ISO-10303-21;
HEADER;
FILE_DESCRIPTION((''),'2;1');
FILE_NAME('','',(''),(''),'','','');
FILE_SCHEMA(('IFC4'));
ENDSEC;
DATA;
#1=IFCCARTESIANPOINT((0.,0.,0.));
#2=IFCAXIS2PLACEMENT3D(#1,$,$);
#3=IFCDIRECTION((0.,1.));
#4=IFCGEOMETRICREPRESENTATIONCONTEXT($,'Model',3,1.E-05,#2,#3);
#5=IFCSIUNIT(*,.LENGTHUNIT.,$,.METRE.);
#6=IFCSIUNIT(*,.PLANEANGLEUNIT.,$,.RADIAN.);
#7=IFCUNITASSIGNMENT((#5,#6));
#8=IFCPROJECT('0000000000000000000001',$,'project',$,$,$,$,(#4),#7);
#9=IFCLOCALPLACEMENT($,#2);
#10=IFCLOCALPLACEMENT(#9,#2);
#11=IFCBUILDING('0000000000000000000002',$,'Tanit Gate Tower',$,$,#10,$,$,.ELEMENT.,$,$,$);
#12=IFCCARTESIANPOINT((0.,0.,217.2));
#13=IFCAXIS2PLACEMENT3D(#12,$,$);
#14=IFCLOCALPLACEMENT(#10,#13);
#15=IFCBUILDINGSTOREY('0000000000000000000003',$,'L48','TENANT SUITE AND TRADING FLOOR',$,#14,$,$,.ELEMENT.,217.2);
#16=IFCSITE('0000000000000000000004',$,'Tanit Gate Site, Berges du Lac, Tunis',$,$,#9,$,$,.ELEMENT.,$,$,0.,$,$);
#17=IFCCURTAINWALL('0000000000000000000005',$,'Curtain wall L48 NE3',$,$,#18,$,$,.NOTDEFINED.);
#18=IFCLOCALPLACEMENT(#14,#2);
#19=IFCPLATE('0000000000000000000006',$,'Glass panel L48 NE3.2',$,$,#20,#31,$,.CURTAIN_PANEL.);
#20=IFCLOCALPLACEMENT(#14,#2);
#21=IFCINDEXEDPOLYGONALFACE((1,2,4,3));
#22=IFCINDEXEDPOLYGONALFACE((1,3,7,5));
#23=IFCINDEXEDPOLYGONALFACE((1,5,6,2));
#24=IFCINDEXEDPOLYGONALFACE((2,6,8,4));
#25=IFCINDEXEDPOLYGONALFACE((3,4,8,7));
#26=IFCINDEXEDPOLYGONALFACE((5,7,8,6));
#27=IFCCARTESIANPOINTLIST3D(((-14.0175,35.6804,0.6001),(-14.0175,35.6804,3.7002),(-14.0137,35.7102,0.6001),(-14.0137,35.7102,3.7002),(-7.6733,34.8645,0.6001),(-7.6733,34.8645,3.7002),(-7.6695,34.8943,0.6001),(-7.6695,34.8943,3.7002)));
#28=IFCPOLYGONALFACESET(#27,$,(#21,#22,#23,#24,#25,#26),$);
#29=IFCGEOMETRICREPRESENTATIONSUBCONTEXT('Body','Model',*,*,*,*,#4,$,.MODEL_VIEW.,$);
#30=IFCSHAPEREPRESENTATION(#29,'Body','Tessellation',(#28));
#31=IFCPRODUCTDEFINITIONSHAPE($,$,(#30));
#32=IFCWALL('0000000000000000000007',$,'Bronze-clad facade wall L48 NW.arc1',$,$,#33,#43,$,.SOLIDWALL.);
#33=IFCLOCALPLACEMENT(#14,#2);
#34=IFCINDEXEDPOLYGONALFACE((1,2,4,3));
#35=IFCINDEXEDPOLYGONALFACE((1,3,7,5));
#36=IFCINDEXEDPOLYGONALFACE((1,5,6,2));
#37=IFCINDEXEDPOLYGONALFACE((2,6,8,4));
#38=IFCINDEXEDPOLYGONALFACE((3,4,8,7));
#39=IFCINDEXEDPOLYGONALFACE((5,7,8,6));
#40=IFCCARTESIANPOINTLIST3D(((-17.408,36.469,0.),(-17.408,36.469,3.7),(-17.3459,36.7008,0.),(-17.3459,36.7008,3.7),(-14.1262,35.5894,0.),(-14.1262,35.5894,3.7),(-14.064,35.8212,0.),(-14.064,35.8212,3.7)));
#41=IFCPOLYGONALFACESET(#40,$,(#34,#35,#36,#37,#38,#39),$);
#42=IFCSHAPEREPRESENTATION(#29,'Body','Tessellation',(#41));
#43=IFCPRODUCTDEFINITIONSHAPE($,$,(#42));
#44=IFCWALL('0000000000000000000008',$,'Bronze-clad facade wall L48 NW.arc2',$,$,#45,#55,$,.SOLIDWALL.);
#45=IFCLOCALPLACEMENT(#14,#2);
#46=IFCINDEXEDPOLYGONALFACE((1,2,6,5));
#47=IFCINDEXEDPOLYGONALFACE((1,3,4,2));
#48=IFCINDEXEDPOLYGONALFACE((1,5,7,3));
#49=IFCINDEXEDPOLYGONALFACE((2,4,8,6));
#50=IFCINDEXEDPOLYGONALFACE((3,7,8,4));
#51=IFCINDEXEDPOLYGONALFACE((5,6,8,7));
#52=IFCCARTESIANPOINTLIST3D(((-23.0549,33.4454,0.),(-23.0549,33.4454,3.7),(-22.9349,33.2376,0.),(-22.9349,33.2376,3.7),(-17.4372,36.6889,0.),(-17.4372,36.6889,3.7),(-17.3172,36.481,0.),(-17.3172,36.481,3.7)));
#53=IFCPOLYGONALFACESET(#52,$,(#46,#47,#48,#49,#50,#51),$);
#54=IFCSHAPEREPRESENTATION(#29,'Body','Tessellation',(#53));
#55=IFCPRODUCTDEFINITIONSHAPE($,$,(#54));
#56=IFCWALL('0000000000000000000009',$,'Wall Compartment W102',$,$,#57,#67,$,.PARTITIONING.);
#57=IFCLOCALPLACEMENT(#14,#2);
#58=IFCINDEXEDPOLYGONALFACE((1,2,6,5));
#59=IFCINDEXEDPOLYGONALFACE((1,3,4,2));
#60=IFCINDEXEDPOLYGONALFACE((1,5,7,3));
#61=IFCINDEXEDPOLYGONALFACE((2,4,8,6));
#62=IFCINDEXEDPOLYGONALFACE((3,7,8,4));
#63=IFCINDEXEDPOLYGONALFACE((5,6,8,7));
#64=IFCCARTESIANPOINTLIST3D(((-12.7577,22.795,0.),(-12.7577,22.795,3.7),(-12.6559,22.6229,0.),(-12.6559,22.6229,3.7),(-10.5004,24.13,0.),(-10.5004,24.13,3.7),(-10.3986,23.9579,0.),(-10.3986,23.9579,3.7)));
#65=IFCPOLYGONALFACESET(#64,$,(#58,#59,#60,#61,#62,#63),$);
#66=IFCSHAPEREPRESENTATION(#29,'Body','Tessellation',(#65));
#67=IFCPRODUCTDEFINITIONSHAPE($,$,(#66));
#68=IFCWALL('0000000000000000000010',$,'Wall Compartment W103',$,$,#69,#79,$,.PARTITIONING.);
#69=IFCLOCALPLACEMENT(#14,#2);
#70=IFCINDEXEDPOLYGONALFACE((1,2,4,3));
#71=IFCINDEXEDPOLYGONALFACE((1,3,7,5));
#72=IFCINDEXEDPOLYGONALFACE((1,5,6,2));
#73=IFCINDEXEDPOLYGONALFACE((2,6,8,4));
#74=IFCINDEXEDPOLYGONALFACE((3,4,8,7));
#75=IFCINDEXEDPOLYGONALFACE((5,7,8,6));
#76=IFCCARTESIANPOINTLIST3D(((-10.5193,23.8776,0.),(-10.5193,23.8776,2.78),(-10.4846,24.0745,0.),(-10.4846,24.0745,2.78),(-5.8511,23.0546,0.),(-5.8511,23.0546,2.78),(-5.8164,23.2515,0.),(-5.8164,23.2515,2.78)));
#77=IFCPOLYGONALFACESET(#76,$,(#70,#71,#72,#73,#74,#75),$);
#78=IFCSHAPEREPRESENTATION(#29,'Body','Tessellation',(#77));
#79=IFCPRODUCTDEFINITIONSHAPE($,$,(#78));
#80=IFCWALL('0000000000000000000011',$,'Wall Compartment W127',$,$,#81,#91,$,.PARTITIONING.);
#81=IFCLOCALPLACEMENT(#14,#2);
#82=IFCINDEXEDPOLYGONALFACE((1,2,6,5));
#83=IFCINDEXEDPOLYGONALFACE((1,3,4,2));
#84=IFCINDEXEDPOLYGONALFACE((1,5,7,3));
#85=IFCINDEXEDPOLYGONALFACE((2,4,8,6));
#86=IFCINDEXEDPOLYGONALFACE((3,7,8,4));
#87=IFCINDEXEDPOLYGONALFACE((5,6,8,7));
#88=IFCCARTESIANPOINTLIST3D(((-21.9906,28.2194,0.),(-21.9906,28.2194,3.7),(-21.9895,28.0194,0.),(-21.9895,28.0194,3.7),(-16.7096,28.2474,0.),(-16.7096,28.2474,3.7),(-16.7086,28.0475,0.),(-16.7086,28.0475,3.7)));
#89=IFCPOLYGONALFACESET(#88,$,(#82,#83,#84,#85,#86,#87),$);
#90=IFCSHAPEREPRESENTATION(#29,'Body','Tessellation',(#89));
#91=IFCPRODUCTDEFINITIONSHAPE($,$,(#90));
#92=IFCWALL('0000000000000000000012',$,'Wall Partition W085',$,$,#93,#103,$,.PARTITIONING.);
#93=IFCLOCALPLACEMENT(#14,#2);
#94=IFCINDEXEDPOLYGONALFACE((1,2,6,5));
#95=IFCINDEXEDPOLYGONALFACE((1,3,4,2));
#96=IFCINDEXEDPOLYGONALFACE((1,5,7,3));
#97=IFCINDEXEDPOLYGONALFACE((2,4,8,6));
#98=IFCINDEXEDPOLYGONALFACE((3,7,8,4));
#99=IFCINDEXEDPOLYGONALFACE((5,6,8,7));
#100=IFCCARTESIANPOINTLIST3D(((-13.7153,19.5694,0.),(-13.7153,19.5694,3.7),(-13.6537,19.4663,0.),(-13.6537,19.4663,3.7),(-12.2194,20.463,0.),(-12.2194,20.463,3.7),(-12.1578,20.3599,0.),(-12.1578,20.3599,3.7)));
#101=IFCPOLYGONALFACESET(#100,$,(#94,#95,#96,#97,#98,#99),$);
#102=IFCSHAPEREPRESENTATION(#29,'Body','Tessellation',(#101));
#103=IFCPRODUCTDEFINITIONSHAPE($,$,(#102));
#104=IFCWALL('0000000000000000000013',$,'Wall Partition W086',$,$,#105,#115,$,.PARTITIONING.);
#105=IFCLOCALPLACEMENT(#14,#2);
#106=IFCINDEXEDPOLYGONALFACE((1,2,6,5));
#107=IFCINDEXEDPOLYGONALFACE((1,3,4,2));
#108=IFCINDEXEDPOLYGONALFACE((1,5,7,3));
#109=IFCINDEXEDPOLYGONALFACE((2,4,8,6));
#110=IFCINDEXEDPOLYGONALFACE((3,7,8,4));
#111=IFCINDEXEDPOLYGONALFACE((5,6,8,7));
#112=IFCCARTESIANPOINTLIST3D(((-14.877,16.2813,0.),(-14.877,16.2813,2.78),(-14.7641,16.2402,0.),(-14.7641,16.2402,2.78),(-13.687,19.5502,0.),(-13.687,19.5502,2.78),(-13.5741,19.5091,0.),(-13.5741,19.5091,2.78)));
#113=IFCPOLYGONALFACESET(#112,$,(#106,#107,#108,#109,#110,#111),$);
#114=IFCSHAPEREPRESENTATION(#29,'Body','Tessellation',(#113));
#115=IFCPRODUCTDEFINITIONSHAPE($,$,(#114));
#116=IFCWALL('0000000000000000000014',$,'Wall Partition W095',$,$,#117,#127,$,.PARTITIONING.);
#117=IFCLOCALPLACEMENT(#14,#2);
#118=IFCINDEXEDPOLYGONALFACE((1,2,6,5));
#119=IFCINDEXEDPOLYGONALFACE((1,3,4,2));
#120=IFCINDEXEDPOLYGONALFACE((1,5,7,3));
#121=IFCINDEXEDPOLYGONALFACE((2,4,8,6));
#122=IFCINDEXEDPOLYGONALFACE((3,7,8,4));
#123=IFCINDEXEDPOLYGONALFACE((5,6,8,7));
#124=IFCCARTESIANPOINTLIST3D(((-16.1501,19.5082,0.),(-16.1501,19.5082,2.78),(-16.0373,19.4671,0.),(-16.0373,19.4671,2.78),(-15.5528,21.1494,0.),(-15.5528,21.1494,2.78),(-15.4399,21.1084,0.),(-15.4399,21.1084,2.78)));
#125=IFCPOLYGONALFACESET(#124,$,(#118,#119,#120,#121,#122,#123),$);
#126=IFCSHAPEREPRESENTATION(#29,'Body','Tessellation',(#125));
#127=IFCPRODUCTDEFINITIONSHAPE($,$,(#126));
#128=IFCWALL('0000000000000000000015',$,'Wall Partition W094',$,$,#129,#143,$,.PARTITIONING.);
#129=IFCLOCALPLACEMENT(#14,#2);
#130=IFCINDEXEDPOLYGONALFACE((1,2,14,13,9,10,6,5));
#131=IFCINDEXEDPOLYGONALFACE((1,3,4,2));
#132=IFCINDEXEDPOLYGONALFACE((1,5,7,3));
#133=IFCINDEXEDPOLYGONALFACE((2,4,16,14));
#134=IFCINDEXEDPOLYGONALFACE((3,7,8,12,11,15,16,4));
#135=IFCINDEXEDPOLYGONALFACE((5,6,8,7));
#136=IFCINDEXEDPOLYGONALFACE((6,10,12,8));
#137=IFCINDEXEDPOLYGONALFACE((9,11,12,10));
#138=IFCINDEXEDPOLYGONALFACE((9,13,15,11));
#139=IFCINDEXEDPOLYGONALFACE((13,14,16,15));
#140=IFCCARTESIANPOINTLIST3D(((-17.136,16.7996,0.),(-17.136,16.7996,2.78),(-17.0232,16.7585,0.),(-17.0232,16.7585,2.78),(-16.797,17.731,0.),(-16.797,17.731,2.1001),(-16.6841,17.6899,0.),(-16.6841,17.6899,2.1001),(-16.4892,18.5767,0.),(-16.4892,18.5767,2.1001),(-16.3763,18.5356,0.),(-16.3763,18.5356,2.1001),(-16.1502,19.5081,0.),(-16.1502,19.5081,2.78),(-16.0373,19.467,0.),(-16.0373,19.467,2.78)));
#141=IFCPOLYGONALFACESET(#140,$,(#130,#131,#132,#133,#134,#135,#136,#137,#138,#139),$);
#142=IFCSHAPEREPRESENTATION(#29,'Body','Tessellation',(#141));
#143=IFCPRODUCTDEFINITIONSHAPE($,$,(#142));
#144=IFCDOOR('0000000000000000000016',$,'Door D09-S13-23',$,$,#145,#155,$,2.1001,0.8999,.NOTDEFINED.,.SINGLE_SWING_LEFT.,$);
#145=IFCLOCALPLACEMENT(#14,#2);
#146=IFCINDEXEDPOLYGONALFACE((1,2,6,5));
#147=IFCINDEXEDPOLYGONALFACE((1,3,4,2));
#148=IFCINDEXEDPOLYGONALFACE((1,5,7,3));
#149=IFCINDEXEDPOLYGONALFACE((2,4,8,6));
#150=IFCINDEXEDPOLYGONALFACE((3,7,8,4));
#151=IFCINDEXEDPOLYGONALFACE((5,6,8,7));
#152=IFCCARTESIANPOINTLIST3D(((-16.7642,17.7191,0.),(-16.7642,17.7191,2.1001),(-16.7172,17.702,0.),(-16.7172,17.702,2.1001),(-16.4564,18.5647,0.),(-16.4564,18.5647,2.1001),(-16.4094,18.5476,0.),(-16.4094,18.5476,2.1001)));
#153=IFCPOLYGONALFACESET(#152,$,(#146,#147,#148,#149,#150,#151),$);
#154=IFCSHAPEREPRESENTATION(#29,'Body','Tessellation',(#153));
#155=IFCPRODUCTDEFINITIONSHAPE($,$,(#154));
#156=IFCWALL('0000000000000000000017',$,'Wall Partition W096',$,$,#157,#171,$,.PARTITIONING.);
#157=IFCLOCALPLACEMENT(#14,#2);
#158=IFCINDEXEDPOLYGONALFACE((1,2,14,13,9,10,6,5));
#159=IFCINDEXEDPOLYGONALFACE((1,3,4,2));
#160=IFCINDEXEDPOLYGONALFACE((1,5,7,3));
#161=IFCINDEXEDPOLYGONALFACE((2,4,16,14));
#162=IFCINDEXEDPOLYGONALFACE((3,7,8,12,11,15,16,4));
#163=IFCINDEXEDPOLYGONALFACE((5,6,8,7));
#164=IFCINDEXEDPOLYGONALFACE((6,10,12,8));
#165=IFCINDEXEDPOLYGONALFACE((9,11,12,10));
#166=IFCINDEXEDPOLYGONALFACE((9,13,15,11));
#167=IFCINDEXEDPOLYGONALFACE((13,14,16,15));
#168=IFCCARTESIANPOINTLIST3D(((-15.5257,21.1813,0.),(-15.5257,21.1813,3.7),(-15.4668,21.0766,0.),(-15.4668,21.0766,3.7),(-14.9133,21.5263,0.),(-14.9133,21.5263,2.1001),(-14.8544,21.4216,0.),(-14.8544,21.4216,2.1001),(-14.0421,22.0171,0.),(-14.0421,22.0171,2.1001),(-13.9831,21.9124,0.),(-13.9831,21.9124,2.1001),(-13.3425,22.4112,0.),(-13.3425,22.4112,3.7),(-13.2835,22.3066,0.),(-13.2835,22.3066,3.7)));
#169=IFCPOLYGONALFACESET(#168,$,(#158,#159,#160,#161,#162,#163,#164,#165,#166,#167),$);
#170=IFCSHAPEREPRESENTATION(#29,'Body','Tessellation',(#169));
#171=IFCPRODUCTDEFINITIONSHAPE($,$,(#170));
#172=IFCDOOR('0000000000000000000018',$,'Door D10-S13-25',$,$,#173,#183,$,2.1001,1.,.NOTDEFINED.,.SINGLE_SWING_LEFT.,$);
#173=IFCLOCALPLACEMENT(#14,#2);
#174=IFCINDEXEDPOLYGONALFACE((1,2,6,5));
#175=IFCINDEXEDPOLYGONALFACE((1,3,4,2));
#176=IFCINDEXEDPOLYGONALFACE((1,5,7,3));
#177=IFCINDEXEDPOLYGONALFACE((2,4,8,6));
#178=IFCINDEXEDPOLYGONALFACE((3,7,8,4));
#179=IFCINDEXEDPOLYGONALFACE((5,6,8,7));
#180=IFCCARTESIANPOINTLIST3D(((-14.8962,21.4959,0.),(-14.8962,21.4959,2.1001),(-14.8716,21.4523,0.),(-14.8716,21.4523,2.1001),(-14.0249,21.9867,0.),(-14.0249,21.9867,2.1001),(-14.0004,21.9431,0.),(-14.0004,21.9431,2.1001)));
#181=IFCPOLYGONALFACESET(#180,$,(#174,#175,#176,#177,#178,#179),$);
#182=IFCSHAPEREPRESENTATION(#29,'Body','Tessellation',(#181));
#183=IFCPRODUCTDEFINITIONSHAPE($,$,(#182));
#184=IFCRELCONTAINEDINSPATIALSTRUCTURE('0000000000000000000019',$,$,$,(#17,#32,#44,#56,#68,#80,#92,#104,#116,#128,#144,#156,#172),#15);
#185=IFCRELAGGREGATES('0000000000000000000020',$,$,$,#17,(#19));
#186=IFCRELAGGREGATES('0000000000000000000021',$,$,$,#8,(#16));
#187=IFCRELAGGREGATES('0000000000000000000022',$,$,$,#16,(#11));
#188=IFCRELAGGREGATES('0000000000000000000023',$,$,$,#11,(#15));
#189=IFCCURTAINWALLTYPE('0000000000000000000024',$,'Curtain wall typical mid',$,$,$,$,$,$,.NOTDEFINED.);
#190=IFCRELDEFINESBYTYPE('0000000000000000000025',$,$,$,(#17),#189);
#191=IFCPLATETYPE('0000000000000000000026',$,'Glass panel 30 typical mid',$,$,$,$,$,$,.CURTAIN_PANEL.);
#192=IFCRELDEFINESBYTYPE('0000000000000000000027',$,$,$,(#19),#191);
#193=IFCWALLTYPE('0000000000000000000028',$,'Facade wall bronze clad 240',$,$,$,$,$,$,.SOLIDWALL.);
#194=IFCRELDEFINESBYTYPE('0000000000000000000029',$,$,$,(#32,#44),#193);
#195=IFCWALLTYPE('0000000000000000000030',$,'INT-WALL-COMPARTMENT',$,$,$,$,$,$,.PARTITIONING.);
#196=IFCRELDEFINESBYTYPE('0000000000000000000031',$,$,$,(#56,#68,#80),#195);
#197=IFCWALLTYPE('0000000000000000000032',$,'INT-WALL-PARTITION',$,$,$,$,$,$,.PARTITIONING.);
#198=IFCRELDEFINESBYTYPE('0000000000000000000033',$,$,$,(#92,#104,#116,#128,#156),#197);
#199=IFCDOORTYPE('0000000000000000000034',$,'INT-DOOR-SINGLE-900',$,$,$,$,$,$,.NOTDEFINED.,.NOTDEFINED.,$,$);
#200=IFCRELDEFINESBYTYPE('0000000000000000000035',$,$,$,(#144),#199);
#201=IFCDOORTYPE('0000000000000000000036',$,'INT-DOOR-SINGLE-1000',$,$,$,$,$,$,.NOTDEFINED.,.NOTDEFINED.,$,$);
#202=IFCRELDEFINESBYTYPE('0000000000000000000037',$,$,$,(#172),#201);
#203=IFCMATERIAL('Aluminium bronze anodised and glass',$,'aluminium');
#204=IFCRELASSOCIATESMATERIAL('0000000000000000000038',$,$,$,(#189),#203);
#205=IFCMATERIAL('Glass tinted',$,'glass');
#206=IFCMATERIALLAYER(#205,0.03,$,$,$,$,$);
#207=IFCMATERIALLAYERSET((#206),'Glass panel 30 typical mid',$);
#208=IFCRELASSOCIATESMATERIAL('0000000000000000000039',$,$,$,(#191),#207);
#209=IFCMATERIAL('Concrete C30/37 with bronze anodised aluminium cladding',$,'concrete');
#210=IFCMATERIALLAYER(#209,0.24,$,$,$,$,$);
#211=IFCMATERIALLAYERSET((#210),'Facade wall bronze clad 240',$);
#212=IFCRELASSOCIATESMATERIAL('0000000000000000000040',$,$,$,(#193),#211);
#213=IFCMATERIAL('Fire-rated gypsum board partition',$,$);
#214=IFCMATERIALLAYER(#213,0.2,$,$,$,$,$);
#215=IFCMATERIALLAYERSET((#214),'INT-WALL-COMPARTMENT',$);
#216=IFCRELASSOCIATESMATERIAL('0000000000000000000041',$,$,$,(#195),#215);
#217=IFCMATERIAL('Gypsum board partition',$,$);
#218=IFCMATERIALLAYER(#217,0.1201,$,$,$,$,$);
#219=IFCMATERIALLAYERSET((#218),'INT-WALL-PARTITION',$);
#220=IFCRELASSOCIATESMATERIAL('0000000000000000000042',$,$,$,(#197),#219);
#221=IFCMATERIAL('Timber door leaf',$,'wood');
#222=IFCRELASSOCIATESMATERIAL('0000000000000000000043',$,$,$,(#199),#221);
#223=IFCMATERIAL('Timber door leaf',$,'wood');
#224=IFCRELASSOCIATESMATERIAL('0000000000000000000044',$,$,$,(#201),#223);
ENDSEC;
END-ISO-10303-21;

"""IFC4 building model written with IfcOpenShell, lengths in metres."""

from ifc_helpers import new_model, si_unit, direction, frame, frame_2d, origin, origin_2d, place, context, subcontext, project, spatial, rectangle, extrude, material, layer, layer_set, type_object, element, fill, aggregate, save


model = new_model("IFC4")

# Units and contexts
model_context = context("Model", 3, precision=1e-05, world=origin(), true_north=direction((0.0, 1.0)))
body_context = subcontext(model_context, "Body", "Model", "MODEL_VIEW")
ifc_project = project(units=[si_unit("LENGTHUNIT", "METRE"), si_unit("PLANEANGLEUNIT", "RADIAN")], contexts=[model_context])

# Site, building, storey
site_placement = place(None, origin())
site = spatial("IfcSite", under=ifc_project, at=site_placement, Name="Tanit Gate Site, Berges du Lac, Tunis", CompositionType="ELEMENT", RefElevation=0.0)
building_placement = place(site_placement, origin())
building = spatial("IfcBuilding", under=site, at=building_placement, Name="Tanit Gate Tower", CompositionType="ELEMENT")
storey_placement = place(building_placement, frame((0.0, 0.0, 217.2)))
storey = spatial("IfcBuildingStorey", under=building, at=storey_placement, Name="L48", Description="TENANT SUITE AND TRADING FLOOR", CompositionType="ELEMENT", Elevation=217.2)

# Curtain wall
ifc_material_1 = material(Name="Aluminium bronze anodised and glass", Category="aluminium")
curtain_wall_type = type_object("IfcCurtainWallType", Name="Curtain wall typical mid", PredefinedType="NOTDEFINED", material=ifc_material_1)
curtain_wall_placement = place(storey_placement, origin())
curtain_wall = element("IfcCurtainWall", 1, at=curtain_wall_placement, inside=storey, type_object=curtain_wall_type, Name="Curtain wall L48 NE3", PredefinedType="NOTDEFINED")

# Plate
ifc_material_2 = material(Name="Glass tinted", Category="glass")
ifc_layer_1 = layer(ifc_material_2, 0.03)
ifc_layer_set_1 = layer_set([ifc_layer_1], Name="Glass panel 30 typical mid")
plate_type = type_object("IfcPlateType", Name="Glass panel 30 typical mid", PredefinedType="CURTAIN_PANEL", material=ifc_layer_set_1)
plate_1_placement = place(storey_placement, frame((-10.8435, 35.2874, 0.6001), z_axis=(0.0, 0.0, 1.0), x_axis=(-0.991832, 0.127554, 0.0)))
plate_1 = element("IfcPlate", 2, at=plate_1_placement, type_object=plate_type, Name="Glass panel L48 NE3.2", PredefinedType="CURTAIN_PANEL", context=body_context, shape_type="SweptSolid", body=[
    extrude(rectangle(XDim=6.3965, YDim=0.03, at=origin_2d()), origin(), (0.0, 0.0, 1.0), 3.1001),
])
aggregate(curtain_wall, [plate_1])

# Walls
ifc_material_3 = material(Name="Concrete C30/37 with bronze anodised aluminium cladding", Category="concrete")
ifc_layer_2 = layer(ifc_material_3, 0.24)
ifc_layer_set_2 = layer_set([ifc_layer_2], Name="Facade wall bronze clad 240")
wall_type_1 = type_object("IfcWallType", Name="Facade wall bronze clad 240", PredefinedType="SOLIDWALL", material=ifc_layer_set_2)
wall_1_placement = place(storey_placement, frame((-14.0952, 35.7053, 0.0), z_axis=(0.0, 0.0, 1.0), x_axis=(-0.965909, 0.258883, 0.0)))
element("IfcWall", 3, at=wall_1_placement, inside=storey, type_object=wall_type_1, Name="Bronze-clad facade wall L48 NW.arc1", PredefinedType="SOLIDWALL", context=body_context, shape_type="SweptSolid", body=[
    extrude(rectangle(XDim=3.3977, YDim=0.24, at=frame_2d((1.6987, 0.0))), origin(), (0.0, 0.0, 1.0), 3.7),
])
wall_2_placement = place(storey_placement, frame((-17.3772, 36.585, 0.0), z_axis=(0.0, 0.0, 1.0), x_axis=(-0.866023, -0.500005, 0.0)))
element("IfcWall", 4, at=wall_2_placement, inside=storey, type_object=wall_type_1, Name="Bronze-clad facade wall L48 NW.arc2", PredefinedType="SOLIDWALL", context=body_context, shape_type="SweptSolid", body=[
    extrude(rectangle(XDim=6.4868, YDim=0.24, at=frame_2d((3.2434, 0.0))), origin(), (0.0, 0.0, 1.0), 3.7),
])
ifc_material_4 = material(Name="Fire-rated gypsum board partition")
ifc_layer_3 = layer(ifc_material_4, 0.2)
ifc_layer_set_3 = layer_set([ifc_layer_3], Name="INT-WALL-COMPARTMENT")
wall_type_2 = type_object("IfcWallType", Name="INT-WALL-COMPARTMENT", PredefinedType="PARTITIONING", material=ifc_layer_set_3)
wall_3_placement = place(storey_placement, frame((-10.4495, 24.0439, 0.0), z_axis=(0.0, 0.0, 1.0), x_axis=(-0.860745, -0.509037, 0.0)))
element("IfcWall", 5, at=wall_3_placement, inside=storey, type_object=wall_type_2, Name="Wall Compartment W102", PredefinedType="PARTITIONING", context=body_context, shape_type="SweptSolid", body=[
    extrude(rectangle(XDim=2.6226, YDim=0.2, at=frame_2d((1.3113, 0.0))), origin(), (0.0, 0.0, 1.0), 3.7),
])
wall_4_placement = place(storey_placement, frame((-5.8337, 23.1531, 0.0), z_axis=(0.0, 0.0, 1.0), x_axis=(-0.984813, 0.173621, 0.0)))
element("IfcWall", 6, at=wall_4_placement, inside=storey, type_object=wall_type_2, Name="Wall Compartment W103", PredefinedType="PARTITIONING", context=body_context, shape_type="SweptSolid", body=[
    extrude(rectangle(XDim=4.7402, YDim=0.2, at=frame_2d((2.3701, 0.0))), origin(), (0.0, 0.0, 1.0), 2.78),
])
wall_5_placement = place(storey_placement, frame((-16.709, 28.1475, 0.0), z_axis=(0.0, 0.0, 1.0), x_axis=(-0.999986, -0.005316, 0.0)))
element("IfcWall", 7, at=wall_5_placement, inside=storey, type_object=wall_type_2, Name="Wall Compartment W127", PredefinedType="PARTITIONING", context=body_context, shape_type="SweptSolid", body=[
    extrude(rectangle(XDim=5.281, YDim=0.2, at=frame_2d((2.6406, 0.0))), origin(), (0.0, 0.0, 1.0), 3.7),
])
ifc_material_5 = material(Name="Gypsum board partition")
ifc_layer_4 = layer(ifc_material_5, 0.1201)
ifc_layer_set_4 = layer_set([ifc_layer_4], Name="INT-WALL-PARTITION")
wall_type_3 = type_object("IfcWallType", Name="INT-WALL-PARTITION", PredefinedType="PARTITIONING", material=ifc_layer_set_4)
wall_6_placement = place(storey_placement, frame((-12.1887, 20.4114, 0.0), z_axis=(0.0, 0.0, 1.0), x_axis=(-0.858493, -0.512826, 0.0)))
element("IfcWall", 8, at=wall_6_placement, inside=storey, type_object=wall_type_3, Name="Wall Partition W085", PredefinedType="PARTITIONING", context=body_context, shape_type="SweptSolid", body=[
    extrude(rectangle(XDim=1.7424, YDim=0.1201, at=frame_2d((0.8711, 0.0))), origin(), (0.0, 0.0, 1.0), 3.7),
])
wall_7_placement = place(storey_placement, frame((-13.6306, 19.5295, 0.0), z_axis=(0.0, 0.0, 1.0), x_axis=(-0.34207, -0.939675, 0.0)))
element("IfcWall", 9, at=wall_7_placement, inside=storey, type_object=wall_type_3, Name="Wall Partition W086", PredefinedType="PARTITIONING", context=body_context, shape_type="SweptSolid", body=[
    extrude(rectangle(XDim=3.4788, YDim=0.1201, at=frame_2d((1.7393, 0.0))), origin(), (0.0, 0.0, 1.0), 2.78),
])
wall_8_placement = place(storey_placement, frame((-15.4963, 21.1289, 0.0), z_axis=(0.0, 0.0, 1.0), x_axis=(-0.342024, -0.939691, 0.0)))
element("IfcWall", 10, at=wall_8_placement, inside=storey, type_object=wall_type_3, Name="Wall Partition W095", PredefinedType="PARTITIONING", context=body_context, shape_type="SweptSolid", body=[
    extrude(rectangle(XDim=1.7466, YDim=0.1201, at=frame_2d((0.8733, 0.0))), origin(), (0.0, 0.0, 1.0), 2.78),
])

# Walls, openings, doors
wall_9_placement = place(storey_placement, frame((-16.0938, 19.4875, 0.0), z_axis=(0.0, 0.0, 1.0), x_axis=(-0.342029, -0.93969, 0.0)))
wall_9 = element("IfcWall", 11, at=wall_9_placement, inside=storey, type_object=wall_type_3, Name="Wall Partition W094", PredefinedType="PARTITIONING", context=body_context, shape_type="SweptSolid", body=[
    extrude(rectangle(XDim=2.8823, YDim=0.1201, at=frame_2d((1.4412, 0.0))), origin(), (0.0, 0.0, 1.0), 2.78),
])
opening_1_placement = place(wall_9_placement, frame((0.9912, 0.0, 0.0)))
opening_1 = element("IfcOpeningElement", 12, at=opening_1_placement, cuts=wall_9, PredefinedType="OPENING", context=body_context, shape_type="SweptSolid", body=[
    extrude(rectangle(XDim=0.8999, YDim=2.1001, at=frame_2d((0.45, 1.05))), frame((0.0, 0.0701, 0.0), z_axis=(0.0, -1.0, 0.0), x_axis=(1.0, 0.0, 0.0)), (0.0, 0.0, 1.0), 0.1401),
])
ifc_material_6 = material(Name="Timber door leaf", Category="wood")
door_type_1 = type_object("IfcDoorType", Name="INT-DOOR-SINGLE-900", OperationType="NOTDEFINED", PredefinedType="NOTDEFINED", material=ifc_material_6)
door_1_placement = place(opening_1_placement, origin())
door_1 = element("IfcDoor", 13, at=door_1_placement, inside=storey, type_object=door_type_1, Name="Door D09-S13-23", OperationType="SINGLE_SWING_LEFT", OverallHeight=2.1001, OverallWidth=0.8999, PredefinedType="NOTDEFINED", context=body_context, shape_type="SweptSolid", body=[
    extrude(rectangle(XDim=0.8999, YDim=2.1001, at=frame_2d((0.45, 1.05))), frame((0.0, 0.0249, 0.0), z_axis=(0.0, -1.0, 0.0), x_axis=(1.0, 0.0, 0.0)), (0.0, 0.0, 1.0), 0.05),
])
fill(opening_1, door_1)
wall_10_placement = place(storey_placement, frame((-13.313, 22.3589, 0.0), z_axis=(0.0, 0.0, 1.0), x_axis=(-0.871261, -0.490821, 0.0)))
wall_10 = element("IfcWall", 14, at=wall_10_placement, inside=storey, type_object=wall_type_3, Name="Wall Partition W096", PredefinedType="PARTITIONING", context=body_context, shape_type="SweptSolid", body=[
    extrude(rectangle(XDim=2.5059, YDim=0.1201, at=frame_2d((1.2529, 0.0))), origin(), (0.0, 0.0, 1.0), 3.7),
])
opening_2_placement = place(wall_10_placement, frame((0.803, 0.0, 0.0)))
opening_2 = element("IfcOpeningElement", 15, at=opening_2_placement, cuts=wall_10, PredefinedType="OPENING", context=body_context, shape_type="SweptSolid", body=[
    extrude(rectangle(XDim=1.0, YDim=2.1001, at=frame_2d((0.5, 1.05))), frame((0.0, 0.0701, 0.0), z_axis=(0.0, -1.0, 0.0), x_axis=(1.0, 0.0, 0.0)), (0.0, 0.0, 1.0), 0.1401),
])
ifc_material_7 = material(Name="Timber door leaf", Category="wood")
door_type_2 = type_object("IfcDoorType", Name="INT-DOOR-SINGLE-1000", OperationType="NOTDEFINED", PredefinedType="NOTDEFINED", material=ifc_material_7)
door_2_placement = place(opening_2_placement, origin())
door_2 = element("IfcDoor", 16, at=door_2_placement, inside=storey, type_object=door_type_2, Name="Door D10-S13-25", OperationType="SINGLE_SWING_LEFT", OverallHeight=2.1001, OverallWidth=1.0, PredefinedType="NOTDEFINED", context=body_context, shape_type="SweptSolid", body=[
    extrude(rectangle(XDim=1.0, YDim=2.1001, at=frame_2d((0.5, 1.05))), frame((0.0, 0.0249, 0.0), z_axis=(0.0, -1.0, 0.0), x_axis=(1.0, 0.0, 0.0)), (0.0, 0.0, 1.0), 0.05),
])
fill(opening_2, door_2)

save(model, "model.ifc")
